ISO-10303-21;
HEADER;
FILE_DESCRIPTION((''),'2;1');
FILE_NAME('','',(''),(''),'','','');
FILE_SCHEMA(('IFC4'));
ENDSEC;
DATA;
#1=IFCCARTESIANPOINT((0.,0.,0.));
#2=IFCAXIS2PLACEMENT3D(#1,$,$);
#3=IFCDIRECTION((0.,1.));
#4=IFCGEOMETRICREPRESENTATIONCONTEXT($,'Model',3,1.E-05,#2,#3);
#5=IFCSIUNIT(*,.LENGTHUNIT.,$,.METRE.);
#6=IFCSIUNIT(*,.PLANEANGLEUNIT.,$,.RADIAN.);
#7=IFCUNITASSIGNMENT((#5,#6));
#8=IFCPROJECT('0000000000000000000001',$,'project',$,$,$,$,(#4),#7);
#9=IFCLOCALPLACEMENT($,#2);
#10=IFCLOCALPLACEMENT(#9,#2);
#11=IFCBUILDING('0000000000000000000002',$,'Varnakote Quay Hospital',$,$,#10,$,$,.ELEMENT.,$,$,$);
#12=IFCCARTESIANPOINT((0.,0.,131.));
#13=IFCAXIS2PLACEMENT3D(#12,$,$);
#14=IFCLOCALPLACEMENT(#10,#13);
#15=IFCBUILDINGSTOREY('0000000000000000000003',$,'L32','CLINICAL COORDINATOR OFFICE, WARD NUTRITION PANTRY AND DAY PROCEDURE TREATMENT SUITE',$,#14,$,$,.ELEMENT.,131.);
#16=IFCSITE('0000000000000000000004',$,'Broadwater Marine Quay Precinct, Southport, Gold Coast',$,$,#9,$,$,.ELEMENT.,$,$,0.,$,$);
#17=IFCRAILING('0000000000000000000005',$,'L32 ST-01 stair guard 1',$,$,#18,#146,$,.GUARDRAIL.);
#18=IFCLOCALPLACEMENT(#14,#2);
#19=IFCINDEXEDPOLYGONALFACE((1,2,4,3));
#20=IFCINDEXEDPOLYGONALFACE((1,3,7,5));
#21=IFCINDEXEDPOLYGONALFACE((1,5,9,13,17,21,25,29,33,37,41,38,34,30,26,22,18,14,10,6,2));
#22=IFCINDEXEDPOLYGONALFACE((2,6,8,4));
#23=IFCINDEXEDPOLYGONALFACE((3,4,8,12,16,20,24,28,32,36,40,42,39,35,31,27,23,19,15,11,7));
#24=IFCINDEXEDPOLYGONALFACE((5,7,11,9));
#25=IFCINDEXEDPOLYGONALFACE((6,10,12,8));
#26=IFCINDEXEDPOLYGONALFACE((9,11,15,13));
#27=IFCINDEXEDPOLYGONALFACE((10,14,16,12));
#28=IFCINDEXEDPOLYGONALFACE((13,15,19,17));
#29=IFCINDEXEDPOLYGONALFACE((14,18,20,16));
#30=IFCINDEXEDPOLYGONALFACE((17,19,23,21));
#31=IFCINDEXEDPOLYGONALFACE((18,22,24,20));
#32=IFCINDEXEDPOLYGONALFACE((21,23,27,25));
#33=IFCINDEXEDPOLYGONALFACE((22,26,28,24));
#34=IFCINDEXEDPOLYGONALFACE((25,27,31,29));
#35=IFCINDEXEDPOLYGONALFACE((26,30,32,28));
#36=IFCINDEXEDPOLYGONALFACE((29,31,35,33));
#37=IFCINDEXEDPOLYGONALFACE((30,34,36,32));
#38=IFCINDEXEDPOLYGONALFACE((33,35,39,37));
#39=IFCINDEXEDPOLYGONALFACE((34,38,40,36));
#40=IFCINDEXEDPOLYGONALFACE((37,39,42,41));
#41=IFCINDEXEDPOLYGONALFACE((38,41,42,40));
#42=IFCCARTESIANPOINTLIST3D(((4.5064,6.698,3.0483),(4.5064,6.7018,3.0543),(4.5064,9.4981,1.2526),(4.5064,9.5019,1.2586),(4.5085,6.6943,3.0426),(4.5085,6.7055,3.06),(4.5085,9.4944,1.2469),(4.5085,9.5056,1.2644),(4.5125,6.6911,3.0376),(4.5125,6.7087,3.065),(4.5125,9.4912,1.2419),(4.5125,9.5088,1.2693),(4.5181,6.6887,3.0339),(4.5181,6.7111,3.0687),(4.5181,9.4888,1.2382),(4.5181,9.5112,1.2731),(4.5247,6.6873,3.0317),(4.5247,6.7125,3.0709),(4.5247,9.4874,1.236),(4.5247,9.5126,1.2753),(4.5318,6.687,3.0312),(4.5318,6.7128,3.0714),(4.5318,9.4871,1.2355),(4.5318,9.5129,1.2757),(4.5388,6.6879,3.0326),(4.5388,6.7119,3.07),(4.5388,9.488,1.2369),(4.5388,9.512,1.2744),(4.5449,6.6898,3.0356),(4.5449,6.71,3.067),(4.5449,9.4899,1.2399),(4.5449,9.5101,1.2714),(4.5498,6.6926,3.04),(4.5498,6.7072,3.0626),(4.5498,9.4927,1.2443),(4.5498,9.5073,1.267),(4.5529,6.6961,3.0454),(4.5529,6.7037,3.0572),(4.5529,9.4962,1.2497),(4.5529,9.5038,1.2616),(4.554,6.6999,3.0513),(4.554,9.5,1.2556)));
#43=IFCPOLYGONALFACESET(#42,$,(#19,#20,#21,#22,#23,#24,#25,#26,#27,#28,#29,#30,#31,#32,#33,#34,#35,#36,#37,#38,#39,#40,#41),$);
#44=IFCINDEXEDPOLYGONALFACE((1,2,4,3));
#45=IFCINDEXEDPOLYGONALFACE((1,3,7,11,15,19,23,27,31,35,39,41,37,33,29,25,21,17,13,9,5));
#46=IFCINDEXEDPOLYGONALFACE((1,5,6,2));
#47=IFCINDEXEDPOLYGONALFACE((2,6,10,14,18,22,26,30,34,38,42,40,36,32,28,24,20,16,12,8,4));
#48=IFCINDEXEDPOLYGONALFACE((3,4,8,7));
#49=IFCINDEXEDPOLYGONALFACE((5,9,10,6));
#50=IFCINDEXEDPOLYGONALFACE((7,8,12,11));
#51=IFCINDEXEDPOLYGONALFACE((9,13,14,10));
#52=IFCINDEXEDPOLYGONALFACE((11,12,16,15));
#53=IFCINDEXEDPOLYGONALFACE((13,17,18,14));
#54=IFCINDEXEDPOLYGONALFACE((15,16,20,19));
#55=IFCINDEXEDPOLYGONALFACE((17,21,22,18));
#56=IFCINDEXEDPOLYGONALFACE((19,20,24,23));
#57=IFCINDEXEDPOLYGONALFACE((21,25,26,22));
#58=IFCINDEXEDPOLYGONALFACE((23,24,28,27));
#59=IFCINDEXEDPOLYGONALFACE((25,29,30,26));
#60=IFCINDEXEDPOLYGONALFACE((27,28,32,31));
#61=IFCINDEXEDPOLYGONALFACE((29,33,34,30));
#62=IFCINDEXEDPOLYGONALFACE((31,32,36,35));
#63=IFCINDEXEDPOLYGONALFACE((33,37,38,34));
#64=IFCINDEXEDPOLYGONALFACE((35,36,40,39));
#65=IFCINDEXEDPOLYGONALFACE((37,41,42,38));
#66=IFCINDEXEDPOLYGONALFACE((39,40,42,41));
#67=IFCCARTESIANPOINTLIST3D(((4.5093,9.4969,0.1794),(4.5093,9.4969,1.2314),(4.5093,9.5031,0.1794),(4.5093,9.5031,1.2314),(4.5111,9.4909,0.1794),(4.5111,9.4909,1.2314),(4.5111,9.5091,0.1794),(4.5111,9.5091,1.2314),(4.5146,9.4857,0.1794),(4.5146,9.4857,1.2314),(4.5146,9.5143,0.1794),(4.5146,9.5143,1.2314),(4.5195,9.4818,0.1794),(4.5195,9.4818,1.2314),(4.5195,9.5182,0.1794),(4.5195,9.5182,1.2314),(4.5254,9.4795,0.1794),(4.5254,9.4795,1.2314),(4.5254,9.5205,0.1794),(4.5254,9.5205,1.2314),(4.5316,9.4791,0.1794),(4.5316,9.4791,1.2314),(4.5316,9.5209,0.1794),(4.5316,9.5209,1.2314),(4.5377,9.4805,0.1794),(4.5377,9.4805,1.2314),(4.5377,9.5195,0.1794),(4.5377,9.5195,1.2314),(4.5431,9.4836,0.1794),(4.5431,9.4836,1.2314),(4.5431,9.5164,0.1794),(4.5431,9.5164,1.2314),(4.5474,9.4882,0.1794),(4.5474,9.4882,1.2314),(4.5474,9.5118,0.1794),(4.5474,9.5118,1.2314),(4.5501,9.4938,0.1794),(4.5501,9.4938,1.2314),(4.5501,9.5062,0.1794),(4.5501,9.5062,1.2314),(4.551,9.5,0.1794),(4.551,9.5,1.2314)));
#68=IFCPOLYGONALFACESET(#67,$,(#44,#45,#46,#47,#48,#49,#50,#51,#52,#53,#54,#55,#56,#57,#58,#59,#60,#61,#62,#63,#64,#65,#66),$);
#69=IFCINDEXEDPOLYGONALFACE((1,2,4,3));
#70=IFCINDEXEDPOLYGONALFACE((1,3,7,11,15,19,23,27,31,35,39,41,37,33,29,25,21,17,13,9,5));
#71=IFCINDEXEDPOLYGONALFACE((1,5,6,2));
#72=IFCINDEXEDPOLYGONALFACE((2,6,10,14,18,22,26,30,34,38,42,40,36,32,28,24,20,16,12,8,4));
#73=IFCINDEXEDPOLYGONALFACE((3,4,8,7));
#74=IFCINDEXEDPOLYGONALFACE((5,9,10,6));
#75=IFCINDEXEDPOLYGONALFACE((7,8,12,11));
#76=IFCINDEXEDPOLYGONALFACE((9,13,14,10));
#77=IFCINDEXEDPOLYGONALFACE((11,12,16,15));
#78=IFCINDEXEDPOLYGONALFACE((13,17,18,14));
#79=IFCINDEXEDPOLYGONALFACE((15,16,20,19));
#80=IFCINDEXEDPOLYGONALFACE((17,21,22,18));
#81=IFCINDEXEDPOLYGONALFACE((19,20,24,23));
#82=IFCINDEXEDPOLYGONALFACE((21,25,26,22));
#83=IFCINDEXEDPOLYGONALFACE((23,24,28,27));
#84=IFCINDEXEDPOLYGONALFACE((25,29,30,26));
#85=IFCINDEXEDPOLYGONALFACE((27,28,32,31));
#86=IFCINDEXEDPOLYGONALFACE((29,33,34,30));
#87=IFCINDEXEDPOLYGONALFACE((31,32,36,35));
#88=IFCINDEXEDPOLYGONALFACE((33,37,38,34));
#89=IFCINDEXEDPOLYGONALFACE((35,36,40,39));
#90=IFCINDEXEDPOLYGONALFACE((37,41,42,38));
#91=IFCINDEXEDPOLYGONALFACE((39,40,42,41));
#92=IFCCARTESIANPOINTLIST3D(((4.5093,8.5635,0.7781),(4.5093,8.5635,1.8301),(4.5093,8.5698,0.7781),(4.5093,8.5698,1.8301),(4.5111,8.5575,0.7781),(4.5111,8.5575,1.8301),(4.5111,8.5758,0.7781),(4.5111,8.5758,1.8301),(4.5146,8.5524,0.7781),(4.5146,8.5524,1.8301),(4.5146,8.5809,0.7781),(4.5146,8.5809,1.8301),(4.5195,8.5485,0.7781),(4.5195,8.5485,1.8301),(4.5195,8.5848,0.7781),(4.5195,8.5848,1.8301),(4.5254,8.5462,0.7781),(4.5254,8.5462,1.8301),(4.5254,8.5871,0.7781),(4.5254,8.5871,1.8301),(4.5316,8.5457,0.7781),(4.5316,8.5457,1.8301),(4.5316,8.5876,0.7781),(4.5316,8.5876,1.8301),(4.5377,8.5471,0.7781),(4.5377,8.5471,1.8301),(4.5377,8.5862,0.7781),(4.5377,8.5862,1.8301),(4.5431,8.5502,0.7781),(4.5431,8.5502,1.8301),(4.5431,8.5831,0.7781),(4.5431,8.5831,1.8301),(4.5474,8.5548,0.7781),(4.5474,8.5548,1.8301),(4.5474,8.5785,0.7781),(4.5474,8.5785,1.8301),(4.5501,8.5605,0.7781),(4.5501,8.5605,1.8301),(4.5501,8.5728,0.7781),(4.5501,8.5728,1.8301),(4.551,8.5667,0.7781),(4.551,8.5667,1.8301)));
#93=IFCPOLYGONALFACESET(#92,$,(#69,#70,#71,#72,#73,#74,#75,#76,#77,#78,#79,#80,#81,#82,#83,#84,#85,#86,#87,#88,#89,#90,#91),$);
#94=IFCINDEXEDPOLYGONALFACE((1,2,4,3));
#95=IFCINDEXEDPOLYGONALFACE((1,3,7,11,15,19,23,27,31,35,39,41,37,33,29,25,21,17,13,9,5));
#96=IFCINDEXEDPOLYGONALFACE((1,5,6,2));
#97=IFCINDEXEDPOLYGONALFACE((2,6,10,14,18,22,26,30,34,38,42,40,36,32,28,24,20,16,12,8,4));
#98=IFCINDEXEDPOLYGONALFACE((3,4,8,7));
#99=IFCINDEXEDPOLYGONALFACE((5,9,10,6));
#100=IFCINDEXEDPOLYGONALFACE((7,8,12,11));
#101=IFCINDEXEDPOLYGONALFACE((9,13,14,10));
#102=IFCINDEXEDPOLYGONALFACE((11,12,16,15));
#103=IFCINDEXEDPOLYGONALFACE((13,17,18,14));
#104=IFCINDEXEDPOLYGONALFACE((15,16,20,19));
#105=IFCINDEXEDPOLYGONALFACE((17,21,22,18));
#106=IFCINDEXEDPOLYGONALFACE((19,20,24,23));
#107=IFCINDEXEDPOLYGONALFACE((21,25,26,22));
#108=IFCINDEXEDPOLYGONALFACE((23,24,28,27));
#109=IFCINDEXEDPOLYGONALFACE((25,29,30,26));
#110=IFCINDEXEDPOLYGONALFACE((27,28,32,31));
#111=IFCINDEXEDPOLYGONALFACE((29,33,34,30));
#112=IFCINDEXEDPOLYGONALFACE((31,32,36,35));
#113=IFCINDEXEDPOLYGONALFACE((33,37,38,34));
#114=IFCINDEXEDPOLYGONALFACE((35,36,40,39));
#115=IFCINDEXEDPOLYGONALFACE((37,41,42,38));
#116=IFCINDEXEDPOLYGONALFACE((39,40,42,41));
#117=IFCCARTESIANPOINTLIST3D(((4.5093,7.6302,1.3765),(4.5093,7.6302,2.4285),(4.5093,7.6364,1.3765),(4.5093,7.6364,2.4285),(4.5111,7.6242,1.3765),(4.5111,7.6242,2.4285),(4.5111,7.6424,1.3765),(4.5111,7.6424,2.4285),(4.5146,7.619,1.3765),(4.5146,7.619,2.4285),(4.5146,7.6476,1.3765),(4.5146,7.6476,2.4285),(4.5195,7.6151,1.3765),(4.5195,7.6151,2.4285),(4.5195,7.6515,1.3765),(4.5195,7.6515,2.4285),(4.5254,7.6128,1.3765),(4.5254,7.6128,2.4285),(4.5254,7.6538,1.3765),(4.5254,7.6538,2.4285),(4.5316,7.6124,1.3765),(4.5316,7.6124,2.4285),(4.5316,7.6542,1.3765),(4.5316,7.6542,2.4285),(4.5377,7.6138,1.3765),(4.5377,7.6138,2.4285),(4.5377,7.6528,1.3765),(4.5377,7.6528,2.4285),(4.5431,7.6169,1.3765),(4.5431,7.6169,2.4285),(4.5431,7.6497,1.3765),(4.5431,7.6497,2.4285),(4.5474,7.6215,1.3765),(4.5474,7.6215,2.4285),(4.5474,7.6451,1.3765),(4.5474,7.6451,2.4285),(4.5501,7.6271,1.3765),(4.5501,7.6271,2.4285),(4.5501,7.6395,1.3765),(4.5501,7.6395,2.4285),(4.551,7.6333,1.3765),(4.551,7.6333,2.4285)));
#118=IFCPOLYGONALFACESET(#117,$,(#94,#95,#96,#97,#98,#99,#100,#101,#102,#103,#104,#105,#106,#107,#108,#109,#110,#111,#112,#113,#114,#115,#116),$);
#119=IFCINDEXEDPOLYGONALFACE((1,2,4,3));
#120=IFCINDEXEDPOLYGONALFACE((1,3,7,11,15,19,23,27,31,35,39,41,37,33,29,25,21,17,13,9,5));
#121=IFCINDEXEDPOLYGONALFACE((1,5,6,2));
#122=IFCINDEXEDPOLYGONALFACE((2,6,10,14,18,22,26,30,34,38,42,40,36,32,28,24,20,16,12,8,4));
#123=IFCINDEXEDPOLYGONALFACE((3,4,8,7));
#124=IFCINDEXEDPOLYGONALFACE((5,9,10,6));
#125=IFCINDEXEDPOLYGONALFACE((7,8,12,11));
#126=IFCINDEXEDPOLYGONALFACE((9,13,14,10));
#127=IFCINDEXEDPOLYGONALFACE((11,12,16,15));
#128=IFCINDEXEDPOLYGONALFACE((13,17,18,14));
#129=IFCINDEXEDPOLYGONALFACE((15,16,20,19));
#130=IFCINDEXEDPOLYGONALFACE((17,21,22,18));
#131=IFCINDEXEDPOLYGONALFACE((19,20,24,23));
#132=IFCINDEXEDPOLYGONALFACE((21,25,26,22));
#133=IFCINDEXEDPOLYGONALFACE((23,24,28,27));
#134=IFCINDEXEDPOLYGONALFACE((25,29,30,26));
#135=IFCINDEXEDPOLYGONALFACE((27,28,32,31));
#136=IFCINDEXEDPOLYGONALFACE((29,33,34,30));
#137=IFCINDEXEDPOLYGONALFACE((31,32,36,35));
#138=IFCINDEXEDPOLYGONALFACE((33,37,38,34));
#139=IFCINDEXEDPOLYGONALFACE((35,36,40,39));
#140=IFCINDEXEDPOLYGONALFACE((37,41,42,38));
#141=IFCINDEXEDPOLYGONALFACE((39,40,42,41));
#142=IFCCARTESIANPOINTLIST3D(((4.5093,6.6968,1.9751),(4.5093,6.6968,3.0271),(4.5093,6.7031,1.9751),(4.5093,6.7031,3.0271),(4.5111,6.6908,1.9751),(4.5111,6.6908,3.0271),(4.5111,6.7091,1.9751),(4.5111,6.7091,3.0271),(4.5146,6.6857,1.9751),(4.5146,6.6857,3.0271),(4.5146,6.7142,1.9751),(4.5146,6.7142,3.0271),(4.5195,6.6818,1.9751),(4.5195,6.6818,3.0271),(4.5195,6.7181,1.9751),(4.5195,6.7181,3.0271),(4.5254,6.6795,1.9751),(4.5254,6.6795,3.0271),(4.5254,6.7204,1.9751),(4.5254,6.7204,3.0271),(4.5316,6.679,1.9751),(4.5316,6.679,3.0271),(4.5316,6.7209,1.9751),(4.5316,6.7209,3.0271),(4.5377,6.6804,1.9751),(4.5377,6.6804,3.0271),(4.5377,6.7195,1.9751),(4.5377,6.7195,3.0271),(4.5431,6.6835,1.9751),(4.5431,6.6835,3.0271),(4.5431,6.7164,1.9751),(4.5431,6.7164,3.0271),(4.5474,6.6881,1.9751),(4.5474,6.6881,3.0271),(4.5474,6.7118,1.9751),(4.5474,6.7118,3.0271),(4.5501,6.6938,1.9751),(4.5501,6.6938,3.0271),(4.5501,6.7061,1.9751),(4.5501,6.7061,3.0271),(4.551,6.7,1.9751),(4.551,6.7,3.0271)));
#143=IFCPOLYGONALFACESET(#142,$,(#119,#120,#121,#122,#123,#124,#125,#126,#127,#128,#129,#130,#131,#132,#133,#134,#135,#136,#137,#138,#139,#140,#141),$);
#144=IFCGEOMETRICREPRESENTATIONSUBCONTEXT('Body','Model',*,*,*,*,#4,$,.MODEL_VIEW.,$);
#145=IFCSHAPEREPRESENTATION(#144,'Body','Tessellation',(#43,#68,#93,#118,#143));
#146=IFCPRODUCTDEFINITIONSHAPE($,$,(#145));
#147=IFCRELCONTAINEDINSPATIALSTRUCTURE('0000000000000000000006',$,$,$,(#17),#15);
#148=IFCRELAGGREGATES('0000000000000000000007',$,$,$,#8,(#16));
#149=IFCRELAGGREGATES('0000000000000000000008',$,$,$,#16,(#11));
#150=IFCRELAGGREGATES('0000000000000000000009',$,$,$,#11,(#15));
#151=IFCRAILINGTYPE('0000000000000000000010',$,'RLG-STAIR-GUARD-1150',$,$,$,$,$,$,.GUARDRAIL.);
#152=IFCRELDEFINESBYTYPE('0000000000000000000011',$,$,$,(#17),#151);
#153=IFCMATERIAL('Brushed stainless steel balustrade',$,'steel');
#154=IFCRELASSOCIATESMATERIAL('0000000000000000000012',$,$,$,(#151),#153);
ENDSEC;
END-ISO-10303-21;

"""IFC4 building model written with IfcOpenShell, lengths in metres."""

from ifc_helpers import new_model, si_unit, direction, frame, origin, origin_2d, place, context, subcontext, project, spatial, circle, extrude, material, type_object, element, save


model = new_model("IFC4")

# Units and contexts
model_context = context("Model", 3, precision=1e-05, world=origin(), true_north=direction((0.0, 1.0)))
body_context = subcontext(model_context, "Body", "Model", "MODEL_VIEW")
ifc_project = project(units=[si_unit("LENGTHUNIT", "METRE"), si_unit("PLANEANGLEUNIT", "RADIAN")], contexts=[model_context])

# Site, building, storey
site_placement = place(None, origin())
site = spatial("IfcSite", under=ifc_project, at=site_placement, Name="Broadwater Marine Quay Precinct, Southport, Gold Coast", CompositionType="ELEMENT", RefElevation=0.0)
building_placement = place(site_placement, origin())
building = spatial("IfcBuilding", under=site, at=building_placement, Name="Varnakote Quay Hospital", CompositionType="ELEMENT")
storey_placement = place(building_placement, frame((0.0, 0.0, 131.0)))
storey = spatial("IfcBuildingStorey", under=building, at=storey_placement, Name="L32", Description="CLINICAL COORDINATOR OFFICE, WARD NUTRITION PANTRY AND DAY PROCEDURE TREATMENT SUITE", CompositionType="ELEMENT", Elevation=131.0)

# Railing
ifc_material_1 = material(Name="Brushed stainless steel balustrade", Category="steel")
railing_type_1 = type_object("IfcRailingType", Name="RLG-STAIR-GUARD-1150", PredefinedType="GUARDRAIL", material=ifc_material_1)
railing_1_placement = place(storey_placement, frame((4.53, 9.5, 0.1794)))
element("IfcRailing", 1, at=railing_1_placement, inside=storey, type_object=railing_type_1, Name="L32 ST-01 stair guard 1", PredefinedType="GUARDRAIL", context=body_context, shape_type="SweptSolid", body=[
    extrude(circle(Radius=0.0239, at=origin_2d()), frame((0.0, 0.0, 1.0762), z_axis=(0.0, -0.841777, 0.539826), x_axis=(1.0, 0.0, 0.0)), (0.0, 0.0, 1.0), 3.3264),
    extrude(circle(Radius=0.021, at=origin_2d()), origin(), (0.0, 0.0, 1.0), 1.052),
    extrude(circle(Radius=0.021, at=origin_2d()), frame((0.0, -0.9333, 0.5986)), (0.0, 0.0, 1.0), 1.052),
    extrude(circle(Radius=0.021, at=origin_2d()), frame((0.0, -1.8667, 1.197)), (0.0, 0.0, 1.0), 1.052),
    extrude(circle(Radius=0.021, at=origin_2d()), frame((0.0, -2.8, 1.7957)), (0.0, 0.0, 1.0), 1.052),
])

save(model, "model.ifc")
